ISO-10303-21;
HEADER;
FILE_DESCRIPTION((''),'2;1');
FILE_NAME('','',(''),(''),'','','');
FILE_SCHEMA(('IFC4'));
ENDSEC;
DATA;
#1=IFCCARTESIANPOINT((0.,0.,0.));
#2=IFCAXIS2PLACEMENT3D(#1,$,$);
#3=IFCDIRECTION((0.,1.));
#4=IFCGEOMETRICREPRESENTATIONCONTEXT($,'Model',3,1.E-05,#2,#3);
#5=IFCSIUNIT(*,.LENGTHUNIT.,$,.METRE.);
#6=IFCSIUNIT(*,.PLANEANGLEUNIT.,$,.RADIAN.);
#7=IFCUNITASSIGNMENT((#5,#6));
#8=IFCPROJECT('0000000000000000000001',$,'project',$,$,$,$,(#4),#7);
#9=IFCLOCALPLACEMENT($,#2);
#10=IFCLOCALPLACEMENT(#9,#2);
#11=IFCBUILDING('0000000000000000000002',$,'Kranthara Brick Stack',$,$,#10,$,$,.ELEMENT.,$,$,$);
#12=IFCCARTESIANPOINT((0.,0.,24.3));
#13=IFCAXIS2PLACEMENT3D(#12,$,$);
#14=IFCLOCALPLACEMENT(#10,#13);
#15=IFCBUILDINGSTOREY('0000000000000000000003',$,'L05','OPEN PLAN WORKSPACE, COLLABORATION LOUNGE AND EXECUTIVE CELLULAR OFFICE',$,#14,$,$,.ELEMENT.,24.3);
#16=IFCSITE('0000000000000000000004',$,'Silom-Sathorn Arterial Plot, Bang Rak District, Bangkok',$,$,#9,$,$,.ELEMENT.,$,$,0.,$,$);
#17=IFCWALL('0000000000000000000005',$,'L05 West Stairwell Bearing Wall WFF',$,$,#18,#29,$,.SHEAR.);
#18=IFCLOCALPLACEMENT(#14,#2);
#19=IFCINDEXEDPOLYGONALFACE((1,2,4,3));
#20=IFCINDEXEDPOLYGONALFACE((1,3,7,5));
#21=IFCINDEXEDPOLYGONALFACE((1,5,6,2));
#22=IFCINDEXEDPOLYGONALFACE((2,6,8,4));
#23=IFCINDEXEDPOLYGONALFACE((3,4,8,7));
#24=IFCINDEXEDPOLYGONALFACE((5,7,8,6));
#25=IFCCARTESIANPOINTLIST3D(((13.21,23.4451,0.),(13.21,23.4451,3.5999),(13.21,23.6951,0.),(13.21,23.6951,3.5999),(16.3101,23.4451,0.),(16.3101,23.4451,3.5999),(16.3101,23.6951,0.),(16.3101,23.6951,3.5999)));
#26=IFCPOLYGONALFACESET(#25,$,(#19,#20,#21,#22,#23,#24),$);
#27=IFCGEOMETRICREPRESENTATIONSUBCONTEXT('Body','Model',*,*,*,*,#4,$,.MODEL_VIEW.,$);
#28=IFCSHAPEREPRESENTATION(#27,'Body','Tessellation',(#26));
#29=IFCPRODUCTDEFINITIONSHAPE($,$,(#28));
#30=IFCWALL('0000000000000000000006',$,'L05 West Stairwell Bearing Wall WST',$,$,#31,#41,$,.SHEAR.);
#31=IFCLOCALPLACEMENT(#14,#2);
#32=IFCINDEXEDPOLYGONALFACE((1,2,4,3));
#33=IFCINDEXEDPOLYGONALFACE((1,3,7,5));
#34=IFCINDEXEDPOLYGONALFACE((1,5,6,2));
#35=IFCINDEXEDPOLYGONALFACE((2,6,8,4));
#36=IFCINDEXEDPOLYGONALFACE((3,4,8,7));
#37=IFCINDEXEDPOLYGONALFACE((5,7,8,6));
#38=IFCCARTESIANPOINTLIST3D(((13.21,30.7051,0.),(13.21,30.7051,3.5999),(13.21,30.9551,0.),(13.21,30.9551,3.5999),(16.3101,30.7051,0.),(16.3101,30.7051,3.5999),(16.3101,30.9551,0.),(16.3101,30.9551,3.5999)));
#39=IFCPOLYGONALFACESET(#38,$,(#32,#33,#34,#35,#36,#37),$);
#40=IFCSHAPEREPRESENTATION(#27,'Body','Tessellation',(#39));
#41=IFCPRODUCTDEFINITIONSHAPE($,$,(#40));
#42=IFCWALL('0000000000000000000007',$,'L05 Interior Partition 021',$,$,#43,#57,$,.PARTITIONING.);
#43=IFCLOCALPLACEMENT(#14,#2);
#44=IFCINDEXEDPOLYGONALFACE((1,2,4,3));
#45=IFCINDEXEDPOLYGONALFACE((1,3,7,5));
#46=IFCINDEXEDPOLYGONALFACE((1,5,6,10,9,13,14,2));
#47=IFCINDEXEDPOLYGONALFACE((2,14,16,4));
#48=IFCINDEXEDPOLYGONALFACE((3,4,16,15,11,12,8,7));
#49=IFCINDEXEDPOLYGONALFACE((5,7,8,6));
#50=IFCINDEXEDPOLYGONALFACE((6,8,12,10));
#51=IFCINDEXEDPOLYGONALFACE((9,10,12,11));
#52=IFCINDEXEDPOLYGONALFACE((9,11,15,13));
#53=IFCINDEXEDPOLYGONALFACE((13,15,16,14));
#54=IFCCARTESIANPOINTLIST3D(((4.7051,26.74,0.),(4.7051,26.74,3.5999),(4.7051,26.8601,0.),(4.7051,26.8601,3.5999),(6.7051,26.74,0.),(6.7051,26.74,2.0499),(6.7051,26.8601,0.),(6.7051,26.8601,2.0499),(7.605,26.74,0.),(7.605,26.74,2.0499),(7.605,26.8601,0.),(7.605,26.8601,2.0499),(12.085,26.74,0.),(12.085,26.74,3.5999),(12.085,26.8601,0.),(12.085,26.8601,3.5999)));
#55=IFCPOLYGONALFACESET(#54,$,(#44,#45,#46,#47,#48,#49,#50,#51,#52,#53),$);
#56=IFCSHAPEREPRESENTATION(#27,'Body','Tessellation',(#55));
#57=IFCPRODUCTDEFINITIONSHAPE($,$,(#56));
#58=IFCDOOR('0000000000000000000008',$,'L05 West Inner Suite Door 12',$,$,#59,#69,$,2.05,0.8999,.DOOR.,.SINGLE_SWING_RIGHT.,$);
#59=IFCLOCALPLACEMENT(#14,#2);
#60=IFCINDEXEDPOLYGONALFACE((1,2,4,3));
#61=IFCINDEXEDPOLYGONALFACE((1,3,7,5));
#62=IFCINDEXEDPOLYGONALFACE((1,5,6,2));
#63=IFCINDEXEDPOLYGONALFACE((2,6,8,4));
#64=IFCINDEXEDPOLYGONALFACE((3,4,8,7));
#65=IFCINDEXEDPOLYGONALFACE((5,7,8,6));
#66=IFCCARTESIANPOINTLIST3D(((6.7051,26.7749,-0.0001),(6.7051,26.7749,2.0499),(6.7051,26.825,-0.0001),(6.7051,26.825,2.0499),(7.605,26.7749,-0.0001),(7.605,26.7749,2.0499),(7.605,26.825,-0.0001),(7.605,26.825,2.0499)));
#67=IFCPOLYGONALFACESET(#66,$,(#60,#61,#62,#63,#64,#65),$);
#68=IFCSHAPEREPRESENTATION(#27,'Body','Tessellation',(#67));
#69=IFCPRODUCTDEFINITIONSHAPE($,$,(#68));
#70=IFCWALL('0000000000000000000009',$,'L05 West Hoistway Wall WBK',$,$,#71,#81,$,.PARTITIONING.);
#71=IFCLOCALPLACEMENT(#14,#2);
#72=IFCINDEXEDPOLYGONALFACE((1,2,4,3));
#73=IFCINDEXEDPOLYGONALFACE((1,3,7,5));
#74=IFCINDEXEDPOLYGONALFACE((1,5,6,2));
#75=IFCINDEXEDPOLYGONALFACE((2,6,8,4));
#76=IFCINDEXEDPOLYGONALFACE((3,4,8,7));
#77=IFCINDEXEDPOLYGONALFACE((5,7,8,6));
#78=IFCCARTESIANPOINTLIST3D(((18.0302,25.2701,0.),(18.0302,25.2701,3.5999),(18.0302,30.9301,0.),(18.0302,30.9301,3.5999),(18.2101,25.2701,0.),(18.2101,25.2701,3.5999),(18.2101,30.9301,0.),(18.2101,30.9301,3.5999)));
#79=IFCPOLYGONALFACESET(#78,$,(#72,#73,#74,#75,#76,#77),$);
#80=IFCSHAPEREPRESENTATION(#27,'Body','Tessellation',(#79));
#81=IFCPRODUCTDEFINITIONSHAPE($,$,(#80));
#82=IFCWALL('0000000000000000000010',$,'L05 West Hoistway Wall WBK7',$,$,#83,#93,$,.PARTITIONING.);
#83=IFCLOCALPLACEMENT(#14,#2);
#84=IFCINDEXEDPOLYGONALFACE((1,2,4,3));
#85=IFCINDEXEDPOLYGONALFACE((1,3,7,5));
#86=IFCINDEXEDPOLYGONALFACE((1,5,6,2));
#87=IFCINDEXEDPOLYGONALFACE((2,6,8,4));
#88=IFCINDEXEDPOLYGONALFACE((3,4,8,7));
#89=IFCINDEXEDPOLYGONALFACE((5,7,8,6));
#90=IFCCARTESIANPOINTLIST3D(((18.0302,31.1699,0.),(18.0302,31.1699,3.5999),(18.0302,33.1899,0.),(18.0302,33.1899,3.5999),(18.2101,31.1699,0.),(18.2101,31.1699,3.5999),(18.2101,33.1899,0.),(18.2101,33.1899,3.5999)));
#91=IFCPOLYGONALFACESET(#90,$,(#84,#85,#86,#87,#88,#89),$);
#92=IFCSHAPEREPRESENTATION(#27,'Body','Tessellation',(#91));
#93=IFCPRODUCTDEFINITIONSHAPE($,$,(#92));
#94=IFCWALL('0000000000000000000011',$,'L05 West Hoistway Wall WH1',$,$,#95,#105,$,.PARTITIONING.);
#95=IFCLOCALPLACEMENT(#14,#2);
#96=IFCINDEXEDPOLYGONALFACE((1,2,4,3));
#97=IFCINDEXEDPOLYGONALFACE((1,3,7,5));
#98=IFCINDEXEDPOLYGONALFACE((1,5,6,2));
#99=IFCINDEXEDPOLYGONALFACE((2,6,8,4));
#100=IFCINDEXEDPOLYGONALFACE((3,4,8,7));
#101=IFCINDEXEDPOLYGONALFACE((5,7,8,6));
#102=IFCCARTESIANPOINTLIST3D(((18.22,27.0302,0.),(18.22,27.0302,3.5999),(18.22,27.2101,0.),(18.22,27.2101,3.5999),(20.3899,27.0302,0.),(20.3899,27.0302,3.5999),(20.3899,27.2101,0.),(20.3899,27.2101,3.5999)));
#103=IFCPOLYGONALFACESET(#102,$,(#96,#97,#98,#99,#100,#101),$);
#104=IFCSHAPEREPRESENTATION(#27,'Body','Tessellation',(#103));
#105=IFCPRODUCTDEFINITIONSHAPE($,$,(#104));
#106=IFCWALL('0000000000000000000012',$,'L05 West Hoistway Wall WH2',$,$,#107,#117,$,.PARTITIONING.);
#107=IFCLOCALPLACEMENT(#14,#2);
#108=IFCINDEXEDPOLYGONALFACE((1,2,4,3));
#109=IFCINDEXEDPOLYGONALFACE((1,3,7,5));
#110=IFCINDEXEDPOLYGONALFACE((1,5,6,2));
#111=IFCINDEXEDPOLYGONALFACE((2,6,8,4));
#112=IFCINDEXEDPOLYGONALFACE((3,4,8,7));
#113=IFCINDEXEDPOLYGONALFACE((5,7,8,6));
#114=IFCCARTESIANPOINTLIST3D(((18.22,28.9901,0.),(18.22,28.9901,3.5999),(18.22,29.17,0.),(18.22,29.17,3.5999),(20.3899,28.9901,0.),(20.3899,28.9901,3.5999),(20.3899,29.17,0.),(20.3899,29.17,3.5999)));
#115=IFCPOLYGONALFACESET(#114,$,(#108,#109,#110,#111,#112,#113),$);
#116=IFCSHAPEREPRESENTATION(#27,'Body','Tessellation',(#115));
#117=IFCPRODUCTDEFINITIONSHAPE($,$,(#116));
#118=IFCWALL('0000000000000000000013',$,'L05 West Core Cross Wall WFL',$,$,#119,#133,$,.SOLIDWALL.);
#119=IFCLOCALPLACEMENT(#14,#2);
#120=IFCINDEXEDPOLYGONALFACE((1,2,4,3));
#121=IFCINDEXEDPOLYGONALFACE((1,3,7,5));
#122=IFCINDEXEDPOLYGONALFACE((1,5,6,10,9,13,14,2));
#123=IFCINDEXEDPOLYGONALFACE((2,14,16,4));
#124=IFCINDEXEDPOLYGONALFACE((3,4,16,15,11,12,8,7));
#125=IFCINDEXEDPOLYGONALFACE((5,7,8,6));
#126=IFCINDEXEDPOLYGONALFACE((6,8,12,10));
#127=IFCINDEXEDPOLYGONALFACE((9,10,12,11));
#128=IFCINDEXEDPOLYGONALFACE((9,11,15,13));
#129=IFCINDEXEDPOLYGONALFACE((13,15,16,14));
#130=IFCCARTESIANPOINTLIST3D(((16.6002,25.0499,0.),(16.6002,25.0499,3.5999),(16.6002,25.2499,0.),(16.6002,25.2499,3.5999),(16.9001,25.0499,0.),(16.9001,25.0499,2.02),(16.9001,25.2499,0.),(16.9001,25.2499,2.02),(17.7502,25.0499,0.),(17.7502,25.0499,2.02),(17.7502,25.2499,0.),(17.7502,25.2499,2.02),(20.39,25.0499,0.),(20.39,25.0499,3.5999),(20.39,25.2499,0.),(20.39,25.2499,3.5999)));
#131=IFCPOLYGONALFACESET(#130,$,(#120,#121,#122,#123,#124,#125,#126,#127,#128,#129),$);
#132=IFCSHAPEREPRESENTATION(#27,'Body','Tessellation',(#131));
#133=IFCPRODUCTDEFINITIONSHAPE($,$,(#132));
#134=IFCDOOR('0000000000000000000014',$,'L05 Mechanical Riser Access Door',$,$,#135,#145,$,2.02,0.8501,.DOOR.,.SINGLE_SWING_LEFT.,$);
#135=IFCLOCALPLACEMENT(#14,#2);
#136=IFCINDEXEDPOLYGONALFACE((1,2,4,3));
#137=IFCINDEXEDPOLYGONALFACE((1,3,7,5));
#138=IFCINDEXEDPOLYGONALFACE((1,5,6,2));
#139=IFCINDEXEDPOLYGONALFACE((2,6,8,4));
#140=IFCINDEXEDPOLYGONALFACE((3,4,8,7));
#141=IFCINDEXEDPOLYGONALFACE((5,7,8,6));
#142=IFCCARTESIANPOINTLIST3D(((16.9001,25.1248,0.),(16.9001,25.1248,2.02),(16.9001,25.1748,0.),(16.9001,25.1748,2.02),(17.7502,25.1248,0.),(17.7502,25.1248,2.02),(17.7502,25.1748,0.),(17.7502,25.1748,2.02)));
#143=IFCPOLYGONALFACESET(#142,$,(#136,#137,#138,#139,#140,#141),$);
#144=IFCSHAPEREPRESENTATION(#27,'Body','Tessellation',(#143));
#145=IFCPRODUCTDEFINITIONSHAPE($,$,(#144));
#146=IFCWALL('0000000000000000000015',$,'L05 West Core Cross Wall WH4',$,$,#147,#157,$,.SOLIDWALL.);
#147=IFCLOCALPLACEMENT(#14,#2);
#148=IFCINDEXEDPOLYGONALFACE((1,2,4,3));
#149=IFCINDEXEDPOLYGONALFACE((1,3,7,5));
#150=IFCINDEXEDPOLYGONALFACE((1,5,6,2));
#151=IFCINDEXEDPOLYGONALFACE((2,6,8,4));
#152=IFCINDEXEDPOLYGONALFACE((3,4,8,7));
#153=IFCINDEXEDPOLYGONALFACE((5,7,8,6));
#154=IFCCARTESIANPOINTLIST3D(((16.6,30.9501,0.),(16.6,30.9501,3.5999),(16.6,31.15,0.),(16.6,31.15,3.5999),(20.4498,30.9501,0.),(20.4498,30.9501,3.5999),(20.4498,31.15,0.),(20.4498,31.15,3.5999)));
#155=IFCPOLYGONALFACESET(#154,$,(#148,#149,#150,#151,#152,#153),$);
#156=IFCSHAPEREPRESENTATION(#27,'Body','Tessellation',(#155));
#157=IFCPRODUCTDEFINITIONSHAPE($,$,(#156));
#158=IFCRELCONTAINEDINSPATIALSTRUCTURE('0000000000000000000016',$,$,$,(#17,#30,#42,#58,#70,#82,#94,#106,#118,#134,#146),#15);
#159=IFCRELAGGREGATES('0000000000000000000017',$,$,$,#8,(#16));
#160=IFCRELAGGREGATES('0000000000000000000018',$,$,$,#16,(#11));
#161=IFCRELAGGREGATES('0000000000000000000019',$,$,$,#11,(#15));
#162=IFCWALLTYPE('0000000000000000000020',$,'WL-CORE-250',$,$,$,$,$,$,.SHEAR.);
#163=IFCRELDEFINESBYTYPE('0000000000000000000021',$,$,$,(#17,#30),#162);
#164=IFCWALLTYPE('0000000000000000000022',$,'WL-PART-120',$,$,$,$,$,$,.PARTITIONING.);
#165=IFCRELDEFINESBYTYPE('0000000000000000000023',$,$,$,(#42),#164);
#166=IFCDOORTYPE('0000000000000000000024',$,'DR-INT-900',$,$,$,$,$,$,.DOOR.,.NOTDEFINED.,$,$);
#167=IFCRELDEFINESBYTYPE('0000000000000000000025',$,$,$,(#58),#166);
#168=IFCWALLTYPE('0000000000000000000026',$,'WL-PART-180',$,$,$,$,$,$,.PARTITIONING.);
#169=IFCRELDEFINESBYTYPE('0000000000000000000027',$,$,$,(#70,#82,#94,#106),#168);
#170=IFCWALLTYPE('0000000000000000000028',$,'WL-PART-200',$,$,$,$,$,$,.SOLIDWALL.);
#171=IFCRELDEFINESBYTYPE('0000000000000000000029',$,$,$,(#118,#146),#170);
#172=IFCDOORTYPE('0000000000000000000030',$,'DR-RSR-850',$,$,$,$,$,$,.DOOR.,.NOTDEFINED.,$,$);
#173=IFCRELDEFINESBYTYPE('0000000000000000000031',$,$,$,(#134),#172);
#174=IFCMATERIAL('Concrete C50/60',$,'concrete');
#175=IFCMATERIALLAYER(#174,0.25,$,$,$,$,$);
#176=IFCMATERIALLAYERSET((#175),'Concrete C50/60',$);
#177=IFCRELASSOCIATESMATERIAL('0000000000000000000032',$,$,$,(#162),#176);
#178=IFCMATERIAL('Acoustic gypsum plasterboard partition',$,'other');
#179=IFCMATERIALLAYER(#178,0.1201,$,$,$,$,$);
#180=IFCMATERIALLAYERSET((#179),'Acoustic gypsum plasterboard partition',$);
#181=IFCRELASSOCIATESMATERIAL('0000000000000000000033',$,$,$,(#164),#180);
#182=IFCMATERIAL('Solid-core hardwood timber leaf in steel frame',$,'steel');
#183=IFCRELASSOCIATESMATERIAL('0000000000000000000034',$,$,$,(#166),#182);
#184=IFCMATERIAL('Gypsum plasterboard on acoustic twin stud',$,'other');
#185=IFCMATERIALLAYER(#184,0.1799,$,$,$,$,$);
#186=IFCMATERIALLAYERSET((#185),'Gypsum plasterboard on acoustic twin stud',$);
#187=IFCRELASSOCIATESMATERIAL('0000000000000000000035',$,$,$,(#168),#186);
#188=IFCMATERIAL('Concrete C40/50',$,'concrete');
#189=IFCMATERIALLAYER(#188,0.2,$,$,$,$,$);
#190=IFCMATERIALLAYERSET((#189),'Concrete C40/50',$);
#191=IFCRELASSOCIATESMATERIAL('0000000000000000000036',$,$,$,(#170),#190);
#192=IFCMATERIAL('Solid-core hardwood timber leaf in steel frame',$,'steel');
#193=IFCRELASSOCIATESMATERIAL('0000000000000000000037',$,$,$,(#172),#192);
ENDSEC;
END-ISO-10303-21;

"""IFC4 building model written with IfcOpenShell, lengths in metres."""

from ifc_helpers import new_model, si_unit, direction, frame, frame_2d, origin, place, context, subcontext, project, spatial, rectangle, extrude, material, layer, layer_set, type_object, element, fill, save


model = new_model("IFC4")

# Units and contexts
model_context = context("Model", 3, precision=1e-05, world=origin(), true_north=direction((0.0, 1.0)))
body_context = subcontext(model_context, "Body", "Model", "MODEL_VIEW")
ifc_project = project(units=[si_unit("LENGTHUNIT", "METRE"), si_unit("PLANEANGLEUNIT", "RADIAN")], contexts=[model_context])

# Site, building, storey
site_placement = place(None, origin())
site = spatial("IfcSite", under=ifc_project, at=site_placement, Name="Silom-Sathorn Arterial Plot, Bang Rak District, Bangkok", CompositionType="ELEMENT", RefElevation=0.0)
building_placement = place(site_placement, origin())
building = spatial("IfcBuilding", under=site, at=building_placement, Name="Kranthara Brick Stack", CompositionType="ELEMENT")
storey_placement = place(building_placement, frame((0.0, 0.0, 24.3)))
storey = spatial("IfcBuildingStorey", under=building, at=storey_placement, Name="L05", Description="OPEN PLAN WORKSPACE, COLLABORATION LOUNGE AND EXECUTIVE CELLULAR OFFICE", CompositionType="ELEMENT", Elevation=24.3)

# Walls
ifc_material_1 = material(Name="Concrete C50/60", Category="concrete")
ifc_layer_1 = layer(ifc_material_1, 0.25)
ifc_layer_set_1 = layer_set([ifc_layer_1], Name="Concrete C50/60")
wall_type_1 = type_object("IfcWallType", Name="WL-CORE-250", PredefinedType="SHEAR", material=ifc_layer_set_1)
for number, where, z_axis, x_axis, name in (
    (1, (13.21, 23.5701, 0.0), (0.0, 0.0, 1.0), (1.0, 0.0, 0.0), "L05 West Stairwell Bearing Wall WFF"),
    (2, (13.21, 30.8301, 0.0), (0.0, 0.0, 1.0), (1.0, 0.0, 0.0), "L05 West Stairwell Bearing Wall WST"),
):
    element("IfcWall", number, at=place(storey_placement, frame(where, z_axis=z_axis, x_axis=x_axis)), inside=storey, type_object=wall_type_1, Name=name, PredefinedType="SHEAR", context=body_context, shape_type="SweptSolid", body=[
        extrude(rectangle(XDim=3.1001, YDim=0.25, at=frame_2d((1.55, 0.0))), origin(), (0.0, 0.0, 1.0), 3.5999),
    ])

# Wall, opening, door
ifc_material_2 = material(Name="Acoustic gypsum plasterboard partition", Category="other")
ifc_layer_2 = layer(ifc_material_2, 0.1201)
ifc_layer_set_2 = layer_set([ifc_layer_2], Name="Acoustic gypsum plasterboard partition")
wall_type_2 = type_object("IfcWallType", Name="WL-PART-120", PredefinedType="PARTITIONING", material=ifc_layer_set_2)
wall_1_placement = place(storey_placement, frame((4.7051, 26.8, 0.0), z_axis=(0.0, 0.0, 1.0), x_axis=(1.0, 0.0, 0.0)))
wall_1 = element("IfcWall", 3, at=wall_1_placement, inside=storey, type_object=wall_type_2, Name="L05 Interior Partition 021", PredefinedType="PARTITIONING", context=body_context, shape_type="SweptSolid", body=[
    extrude(rectangle(XDim=7.3799, YDim=0.1201, at=frame_2d((3.6899, 0.0))), origin(), (0.0, 0.0, 1.0), 3.5999),
])
opening_1_placement = place(wall_1_placement, frame((2.0, 0.0, 0.0)))
opening_1 = element("IfcOpeningElement", 4, at=opening_1_placement, cuts=wall_1, PredefinedType="OPENING", context=body_context, shape_type="SweptSolid", body=[
    extrude(rectangle(XDim=0.8999, YDim=2.05, at=frame_2d((0.45, 1.0249))), frame((0.0, 0.0701, 0.0), z_axis=(0.0, -1.0, 0.0), x_axis=(1.0, 0.0, 0.0)), (0.0, 0.0, 1.0), 0.1401),
])
ifc_material_3 = material(Name="Solid-core hardwood timber leaf in steel frame", Category="steel")
door_type_1 = type_object("IfcDoorType", Name="DR-INT-900", OperationType="NOTDEFINED", PredefinedType="DOOR", material=ifc_material_3)
door_1_placement = place(opening_1_placement, origin())
door_1 = element("IfcDoor", 5, at=door_1_placement, inside=storey, type_object=door_type_1, Name="L05 West Inner Suite Door 12", OperationType="SINGLE_SWING_RIGHT", OverallHeight=2.05, OverallWidth=0.8999, PredefinedType="DOOR", context=body_context, shape_type="SweptSolid", body=[
    extrude(rectangle(XDim=0.8999, YDim=2.05, at=frame_2d((0.45, 1.0249))), frame((0.0, 0.0249, 0.0), z_axis=(0.0, -1.0, 0.0), x_axis=(1.0, 0.0, 0.0)), (0.0, 0.0, 1.0), 0.05),
])
fill(opening_1, door_1)

# Walls
ifc_material_4 = material(Name="Gypsum plasterboard on acoustic twin stud", Category="other")
ifc_layer_3 = layer(ifc_material_4, 0.1799)
ifc_layer_set_3 = layer_set([ifc_layer_3], Name="Gypsum plasterboard on acoustic twin stud")
wall_type_3 = type_object("IfcWallType", Name="WL-PART-180", PredefinedType="PARTITIONING", material=ifc_layer_set_3)
wall_2_placement = place(storey_placement, frame((18.1201, 25.27, 0.0), z_axis=(0.0, 0.0, 1.0), x_axis=(0.0, 1.0, 0.0)))
element("IfcWall", 6, at=wall_2_placement, inside=storey, type_object=wall_type_3, Name="L05 West Hoistway Wall WBK", PredefinedType="PARTITIONING", context=body_context, shape_type="SweptSolid", body=[
    extrude(rectangle(XDim=5.6599, YDim=0.1799, at=frame_2d((2.8301, 0.0))), origin(), (0.0, 0.0, 1.0), 3.5999),
])
wall_3_placement = place(storey_placement, frame((18.1201, 31.1699, 0.0), z_axis=(0.0, 0.0, 1.0), x_axis=(0.0, 1.0, 0.0)))
element("IfcWall", 7, at=wall_3_placement, inside=storey, type_object=wall_type_3, Name="L05 West Hoistway Wall WBK7", PredefinedType="PARTITIONING", context=body_context, shape_type="SweptSolid", body=[
    extrude(rectangle(XDim=2.02, YDim=0.1799, at=frame_2d((1.01, 0.0))), origin(), (0.0, 0.0, 1.0), 3.5999),
])
for number, where, z_axis, x_axis, name in (
    (8, (18.22, 27.1201, 0.0), (0.0, 0.0, 1.0), (1.0, 0.0, 0.0), "L05 West Hoistway Wall WH1"),
    (9, (18.22, 29.0801, 0.0), (0.0, 0.0, 1.0), (1.0, 0.0, 0.0), "L05 West Hoistway Wall WH2"),
):
    element("IfcWall", number, at=place(storey_placement, frame(where, z_axis=z_axis, x_axis=x_axis)), inside=storey, type_object=wall_type_3, Name=name, PredefinedType="PARTITIONING", context=body_context, shape_type="SweptSolid", body=[
        extrude(rectangle(XDim=2.1699, YDim=0.1799, at=frame_2d((1.085, 0.0))), origin(), (0.0, 0.0, 1.0), 3.5999),
    ])

# Wall, opening, door
ifc_material_5 = material(Name="Concrete C40/50", Category="concrete")
ifc_layer_4 = layer(ifc_material_5, 0.2)
ifc_layer_set_4 = layer_set([ifc_layer_4], Name="Concrete C40/50")
wall_type_4 = type_object("IfcWallType", Name="WL-PART-200", PredefinedType="SOLIDWALL", material=ifc_layer_set_4)
wall_4_placement = place(storey_placement, frame((16.6001, 25.1499, 0.0), z_axis=(0.0, 0.0, 1.0), x_axis=(1.0, 0.0, 0.0)))
wall_4 = element("IfcWall", 10, at=wall_4_placement, inside=storey, type_object=wall_type_4, Name="L05 West Core Cross Wall WFL", PredefinedType="SOLIDWALL", context=body_context, shape_type="SweptSolid", body=[
    extrude(rectangle(XDim=3.7898, YDim=0.2, at=frame_2d((1.895, 0.0))), origin(), (0.0, 0.0, 1.0), 3.5999),
])
opening_2_placement = place(wall_4_placement, frame((0.3, 0.0, 0.0)))
opening_2 = element("IfcOpeningElement", 11, at=opening_2_placement, cuts=wall_4, PredefinedType="OPENING", context=body_context, shape_type="SweptSolid", body=[
    extrude(rectangle(XDim=0.8501, YDim=2.02, at=frame_2d((0.425, 1.01))), frame((0.0, 0.1099, 0.0), z_axis=(0.0, -1.0, 0.0), x_axis=(1.0, 0.0, 0.0)), (0.0, 0.0, 1.0), 0.22),
])
ifc_material_6 = material(Name="Solid-core hardwood timber leaf in steel frame", Category="steel")
door_type_2 = type_object("IfcDoorType", Name="DR-RSR-850", OperationType="NOTDEFINED", PredefinedType="DOOR", material=ifc_material_6)
door_2_placement = place(opening_2_placement, origin())
door_2 = element("IfcDoor", 12, at=door_2_placement, inside=storey, type_object=door_type_2, Name="L05 Mechanical Riser Access Door", OperationType="SINGLE_SWING_LEFT", OverallHeight=2.02, OverallWidth=0.8501, PredefinedType="DOOR", context=body_context, shape_type="SweptSolid", body=[
    extrude(rectangle(XDim=0.8501, YDim=2.02, at=frame_2d((0.425, 1.01))), frame((0.0, 0.0249, 0.0), z_axis=(0.0, -1.0, 0.0), x_axis=(1.0, 0.0, 0.0)), (0.0, 0.0, 1.0), 0.05),
])
fill(opening_2, door_2)

# Wall
wall_5_placement = place(storey_placement, frame((16.6001, 31.05, 0.0), z_axis=(0.0, 0.0, 1.0), x_axis=(1.0, 0.0, 0.0)))
element("IfcWall", 13, at=wall_5_placement, inside=storey, type_object=wall_type_4, Name="L05 West Core Cross Wall WH4", PredefinedType="SOLIDWALL", context=body_context, shape_type="SweptSolid", body=[
    extrude(rectangle(XDim=3.8499, YDim=0.2, at=frame_2d((1.9248, 0.0))), origin(), (0.0, 0.0, 1.0), 3.5999),
])

save(model, "model.ifc")
